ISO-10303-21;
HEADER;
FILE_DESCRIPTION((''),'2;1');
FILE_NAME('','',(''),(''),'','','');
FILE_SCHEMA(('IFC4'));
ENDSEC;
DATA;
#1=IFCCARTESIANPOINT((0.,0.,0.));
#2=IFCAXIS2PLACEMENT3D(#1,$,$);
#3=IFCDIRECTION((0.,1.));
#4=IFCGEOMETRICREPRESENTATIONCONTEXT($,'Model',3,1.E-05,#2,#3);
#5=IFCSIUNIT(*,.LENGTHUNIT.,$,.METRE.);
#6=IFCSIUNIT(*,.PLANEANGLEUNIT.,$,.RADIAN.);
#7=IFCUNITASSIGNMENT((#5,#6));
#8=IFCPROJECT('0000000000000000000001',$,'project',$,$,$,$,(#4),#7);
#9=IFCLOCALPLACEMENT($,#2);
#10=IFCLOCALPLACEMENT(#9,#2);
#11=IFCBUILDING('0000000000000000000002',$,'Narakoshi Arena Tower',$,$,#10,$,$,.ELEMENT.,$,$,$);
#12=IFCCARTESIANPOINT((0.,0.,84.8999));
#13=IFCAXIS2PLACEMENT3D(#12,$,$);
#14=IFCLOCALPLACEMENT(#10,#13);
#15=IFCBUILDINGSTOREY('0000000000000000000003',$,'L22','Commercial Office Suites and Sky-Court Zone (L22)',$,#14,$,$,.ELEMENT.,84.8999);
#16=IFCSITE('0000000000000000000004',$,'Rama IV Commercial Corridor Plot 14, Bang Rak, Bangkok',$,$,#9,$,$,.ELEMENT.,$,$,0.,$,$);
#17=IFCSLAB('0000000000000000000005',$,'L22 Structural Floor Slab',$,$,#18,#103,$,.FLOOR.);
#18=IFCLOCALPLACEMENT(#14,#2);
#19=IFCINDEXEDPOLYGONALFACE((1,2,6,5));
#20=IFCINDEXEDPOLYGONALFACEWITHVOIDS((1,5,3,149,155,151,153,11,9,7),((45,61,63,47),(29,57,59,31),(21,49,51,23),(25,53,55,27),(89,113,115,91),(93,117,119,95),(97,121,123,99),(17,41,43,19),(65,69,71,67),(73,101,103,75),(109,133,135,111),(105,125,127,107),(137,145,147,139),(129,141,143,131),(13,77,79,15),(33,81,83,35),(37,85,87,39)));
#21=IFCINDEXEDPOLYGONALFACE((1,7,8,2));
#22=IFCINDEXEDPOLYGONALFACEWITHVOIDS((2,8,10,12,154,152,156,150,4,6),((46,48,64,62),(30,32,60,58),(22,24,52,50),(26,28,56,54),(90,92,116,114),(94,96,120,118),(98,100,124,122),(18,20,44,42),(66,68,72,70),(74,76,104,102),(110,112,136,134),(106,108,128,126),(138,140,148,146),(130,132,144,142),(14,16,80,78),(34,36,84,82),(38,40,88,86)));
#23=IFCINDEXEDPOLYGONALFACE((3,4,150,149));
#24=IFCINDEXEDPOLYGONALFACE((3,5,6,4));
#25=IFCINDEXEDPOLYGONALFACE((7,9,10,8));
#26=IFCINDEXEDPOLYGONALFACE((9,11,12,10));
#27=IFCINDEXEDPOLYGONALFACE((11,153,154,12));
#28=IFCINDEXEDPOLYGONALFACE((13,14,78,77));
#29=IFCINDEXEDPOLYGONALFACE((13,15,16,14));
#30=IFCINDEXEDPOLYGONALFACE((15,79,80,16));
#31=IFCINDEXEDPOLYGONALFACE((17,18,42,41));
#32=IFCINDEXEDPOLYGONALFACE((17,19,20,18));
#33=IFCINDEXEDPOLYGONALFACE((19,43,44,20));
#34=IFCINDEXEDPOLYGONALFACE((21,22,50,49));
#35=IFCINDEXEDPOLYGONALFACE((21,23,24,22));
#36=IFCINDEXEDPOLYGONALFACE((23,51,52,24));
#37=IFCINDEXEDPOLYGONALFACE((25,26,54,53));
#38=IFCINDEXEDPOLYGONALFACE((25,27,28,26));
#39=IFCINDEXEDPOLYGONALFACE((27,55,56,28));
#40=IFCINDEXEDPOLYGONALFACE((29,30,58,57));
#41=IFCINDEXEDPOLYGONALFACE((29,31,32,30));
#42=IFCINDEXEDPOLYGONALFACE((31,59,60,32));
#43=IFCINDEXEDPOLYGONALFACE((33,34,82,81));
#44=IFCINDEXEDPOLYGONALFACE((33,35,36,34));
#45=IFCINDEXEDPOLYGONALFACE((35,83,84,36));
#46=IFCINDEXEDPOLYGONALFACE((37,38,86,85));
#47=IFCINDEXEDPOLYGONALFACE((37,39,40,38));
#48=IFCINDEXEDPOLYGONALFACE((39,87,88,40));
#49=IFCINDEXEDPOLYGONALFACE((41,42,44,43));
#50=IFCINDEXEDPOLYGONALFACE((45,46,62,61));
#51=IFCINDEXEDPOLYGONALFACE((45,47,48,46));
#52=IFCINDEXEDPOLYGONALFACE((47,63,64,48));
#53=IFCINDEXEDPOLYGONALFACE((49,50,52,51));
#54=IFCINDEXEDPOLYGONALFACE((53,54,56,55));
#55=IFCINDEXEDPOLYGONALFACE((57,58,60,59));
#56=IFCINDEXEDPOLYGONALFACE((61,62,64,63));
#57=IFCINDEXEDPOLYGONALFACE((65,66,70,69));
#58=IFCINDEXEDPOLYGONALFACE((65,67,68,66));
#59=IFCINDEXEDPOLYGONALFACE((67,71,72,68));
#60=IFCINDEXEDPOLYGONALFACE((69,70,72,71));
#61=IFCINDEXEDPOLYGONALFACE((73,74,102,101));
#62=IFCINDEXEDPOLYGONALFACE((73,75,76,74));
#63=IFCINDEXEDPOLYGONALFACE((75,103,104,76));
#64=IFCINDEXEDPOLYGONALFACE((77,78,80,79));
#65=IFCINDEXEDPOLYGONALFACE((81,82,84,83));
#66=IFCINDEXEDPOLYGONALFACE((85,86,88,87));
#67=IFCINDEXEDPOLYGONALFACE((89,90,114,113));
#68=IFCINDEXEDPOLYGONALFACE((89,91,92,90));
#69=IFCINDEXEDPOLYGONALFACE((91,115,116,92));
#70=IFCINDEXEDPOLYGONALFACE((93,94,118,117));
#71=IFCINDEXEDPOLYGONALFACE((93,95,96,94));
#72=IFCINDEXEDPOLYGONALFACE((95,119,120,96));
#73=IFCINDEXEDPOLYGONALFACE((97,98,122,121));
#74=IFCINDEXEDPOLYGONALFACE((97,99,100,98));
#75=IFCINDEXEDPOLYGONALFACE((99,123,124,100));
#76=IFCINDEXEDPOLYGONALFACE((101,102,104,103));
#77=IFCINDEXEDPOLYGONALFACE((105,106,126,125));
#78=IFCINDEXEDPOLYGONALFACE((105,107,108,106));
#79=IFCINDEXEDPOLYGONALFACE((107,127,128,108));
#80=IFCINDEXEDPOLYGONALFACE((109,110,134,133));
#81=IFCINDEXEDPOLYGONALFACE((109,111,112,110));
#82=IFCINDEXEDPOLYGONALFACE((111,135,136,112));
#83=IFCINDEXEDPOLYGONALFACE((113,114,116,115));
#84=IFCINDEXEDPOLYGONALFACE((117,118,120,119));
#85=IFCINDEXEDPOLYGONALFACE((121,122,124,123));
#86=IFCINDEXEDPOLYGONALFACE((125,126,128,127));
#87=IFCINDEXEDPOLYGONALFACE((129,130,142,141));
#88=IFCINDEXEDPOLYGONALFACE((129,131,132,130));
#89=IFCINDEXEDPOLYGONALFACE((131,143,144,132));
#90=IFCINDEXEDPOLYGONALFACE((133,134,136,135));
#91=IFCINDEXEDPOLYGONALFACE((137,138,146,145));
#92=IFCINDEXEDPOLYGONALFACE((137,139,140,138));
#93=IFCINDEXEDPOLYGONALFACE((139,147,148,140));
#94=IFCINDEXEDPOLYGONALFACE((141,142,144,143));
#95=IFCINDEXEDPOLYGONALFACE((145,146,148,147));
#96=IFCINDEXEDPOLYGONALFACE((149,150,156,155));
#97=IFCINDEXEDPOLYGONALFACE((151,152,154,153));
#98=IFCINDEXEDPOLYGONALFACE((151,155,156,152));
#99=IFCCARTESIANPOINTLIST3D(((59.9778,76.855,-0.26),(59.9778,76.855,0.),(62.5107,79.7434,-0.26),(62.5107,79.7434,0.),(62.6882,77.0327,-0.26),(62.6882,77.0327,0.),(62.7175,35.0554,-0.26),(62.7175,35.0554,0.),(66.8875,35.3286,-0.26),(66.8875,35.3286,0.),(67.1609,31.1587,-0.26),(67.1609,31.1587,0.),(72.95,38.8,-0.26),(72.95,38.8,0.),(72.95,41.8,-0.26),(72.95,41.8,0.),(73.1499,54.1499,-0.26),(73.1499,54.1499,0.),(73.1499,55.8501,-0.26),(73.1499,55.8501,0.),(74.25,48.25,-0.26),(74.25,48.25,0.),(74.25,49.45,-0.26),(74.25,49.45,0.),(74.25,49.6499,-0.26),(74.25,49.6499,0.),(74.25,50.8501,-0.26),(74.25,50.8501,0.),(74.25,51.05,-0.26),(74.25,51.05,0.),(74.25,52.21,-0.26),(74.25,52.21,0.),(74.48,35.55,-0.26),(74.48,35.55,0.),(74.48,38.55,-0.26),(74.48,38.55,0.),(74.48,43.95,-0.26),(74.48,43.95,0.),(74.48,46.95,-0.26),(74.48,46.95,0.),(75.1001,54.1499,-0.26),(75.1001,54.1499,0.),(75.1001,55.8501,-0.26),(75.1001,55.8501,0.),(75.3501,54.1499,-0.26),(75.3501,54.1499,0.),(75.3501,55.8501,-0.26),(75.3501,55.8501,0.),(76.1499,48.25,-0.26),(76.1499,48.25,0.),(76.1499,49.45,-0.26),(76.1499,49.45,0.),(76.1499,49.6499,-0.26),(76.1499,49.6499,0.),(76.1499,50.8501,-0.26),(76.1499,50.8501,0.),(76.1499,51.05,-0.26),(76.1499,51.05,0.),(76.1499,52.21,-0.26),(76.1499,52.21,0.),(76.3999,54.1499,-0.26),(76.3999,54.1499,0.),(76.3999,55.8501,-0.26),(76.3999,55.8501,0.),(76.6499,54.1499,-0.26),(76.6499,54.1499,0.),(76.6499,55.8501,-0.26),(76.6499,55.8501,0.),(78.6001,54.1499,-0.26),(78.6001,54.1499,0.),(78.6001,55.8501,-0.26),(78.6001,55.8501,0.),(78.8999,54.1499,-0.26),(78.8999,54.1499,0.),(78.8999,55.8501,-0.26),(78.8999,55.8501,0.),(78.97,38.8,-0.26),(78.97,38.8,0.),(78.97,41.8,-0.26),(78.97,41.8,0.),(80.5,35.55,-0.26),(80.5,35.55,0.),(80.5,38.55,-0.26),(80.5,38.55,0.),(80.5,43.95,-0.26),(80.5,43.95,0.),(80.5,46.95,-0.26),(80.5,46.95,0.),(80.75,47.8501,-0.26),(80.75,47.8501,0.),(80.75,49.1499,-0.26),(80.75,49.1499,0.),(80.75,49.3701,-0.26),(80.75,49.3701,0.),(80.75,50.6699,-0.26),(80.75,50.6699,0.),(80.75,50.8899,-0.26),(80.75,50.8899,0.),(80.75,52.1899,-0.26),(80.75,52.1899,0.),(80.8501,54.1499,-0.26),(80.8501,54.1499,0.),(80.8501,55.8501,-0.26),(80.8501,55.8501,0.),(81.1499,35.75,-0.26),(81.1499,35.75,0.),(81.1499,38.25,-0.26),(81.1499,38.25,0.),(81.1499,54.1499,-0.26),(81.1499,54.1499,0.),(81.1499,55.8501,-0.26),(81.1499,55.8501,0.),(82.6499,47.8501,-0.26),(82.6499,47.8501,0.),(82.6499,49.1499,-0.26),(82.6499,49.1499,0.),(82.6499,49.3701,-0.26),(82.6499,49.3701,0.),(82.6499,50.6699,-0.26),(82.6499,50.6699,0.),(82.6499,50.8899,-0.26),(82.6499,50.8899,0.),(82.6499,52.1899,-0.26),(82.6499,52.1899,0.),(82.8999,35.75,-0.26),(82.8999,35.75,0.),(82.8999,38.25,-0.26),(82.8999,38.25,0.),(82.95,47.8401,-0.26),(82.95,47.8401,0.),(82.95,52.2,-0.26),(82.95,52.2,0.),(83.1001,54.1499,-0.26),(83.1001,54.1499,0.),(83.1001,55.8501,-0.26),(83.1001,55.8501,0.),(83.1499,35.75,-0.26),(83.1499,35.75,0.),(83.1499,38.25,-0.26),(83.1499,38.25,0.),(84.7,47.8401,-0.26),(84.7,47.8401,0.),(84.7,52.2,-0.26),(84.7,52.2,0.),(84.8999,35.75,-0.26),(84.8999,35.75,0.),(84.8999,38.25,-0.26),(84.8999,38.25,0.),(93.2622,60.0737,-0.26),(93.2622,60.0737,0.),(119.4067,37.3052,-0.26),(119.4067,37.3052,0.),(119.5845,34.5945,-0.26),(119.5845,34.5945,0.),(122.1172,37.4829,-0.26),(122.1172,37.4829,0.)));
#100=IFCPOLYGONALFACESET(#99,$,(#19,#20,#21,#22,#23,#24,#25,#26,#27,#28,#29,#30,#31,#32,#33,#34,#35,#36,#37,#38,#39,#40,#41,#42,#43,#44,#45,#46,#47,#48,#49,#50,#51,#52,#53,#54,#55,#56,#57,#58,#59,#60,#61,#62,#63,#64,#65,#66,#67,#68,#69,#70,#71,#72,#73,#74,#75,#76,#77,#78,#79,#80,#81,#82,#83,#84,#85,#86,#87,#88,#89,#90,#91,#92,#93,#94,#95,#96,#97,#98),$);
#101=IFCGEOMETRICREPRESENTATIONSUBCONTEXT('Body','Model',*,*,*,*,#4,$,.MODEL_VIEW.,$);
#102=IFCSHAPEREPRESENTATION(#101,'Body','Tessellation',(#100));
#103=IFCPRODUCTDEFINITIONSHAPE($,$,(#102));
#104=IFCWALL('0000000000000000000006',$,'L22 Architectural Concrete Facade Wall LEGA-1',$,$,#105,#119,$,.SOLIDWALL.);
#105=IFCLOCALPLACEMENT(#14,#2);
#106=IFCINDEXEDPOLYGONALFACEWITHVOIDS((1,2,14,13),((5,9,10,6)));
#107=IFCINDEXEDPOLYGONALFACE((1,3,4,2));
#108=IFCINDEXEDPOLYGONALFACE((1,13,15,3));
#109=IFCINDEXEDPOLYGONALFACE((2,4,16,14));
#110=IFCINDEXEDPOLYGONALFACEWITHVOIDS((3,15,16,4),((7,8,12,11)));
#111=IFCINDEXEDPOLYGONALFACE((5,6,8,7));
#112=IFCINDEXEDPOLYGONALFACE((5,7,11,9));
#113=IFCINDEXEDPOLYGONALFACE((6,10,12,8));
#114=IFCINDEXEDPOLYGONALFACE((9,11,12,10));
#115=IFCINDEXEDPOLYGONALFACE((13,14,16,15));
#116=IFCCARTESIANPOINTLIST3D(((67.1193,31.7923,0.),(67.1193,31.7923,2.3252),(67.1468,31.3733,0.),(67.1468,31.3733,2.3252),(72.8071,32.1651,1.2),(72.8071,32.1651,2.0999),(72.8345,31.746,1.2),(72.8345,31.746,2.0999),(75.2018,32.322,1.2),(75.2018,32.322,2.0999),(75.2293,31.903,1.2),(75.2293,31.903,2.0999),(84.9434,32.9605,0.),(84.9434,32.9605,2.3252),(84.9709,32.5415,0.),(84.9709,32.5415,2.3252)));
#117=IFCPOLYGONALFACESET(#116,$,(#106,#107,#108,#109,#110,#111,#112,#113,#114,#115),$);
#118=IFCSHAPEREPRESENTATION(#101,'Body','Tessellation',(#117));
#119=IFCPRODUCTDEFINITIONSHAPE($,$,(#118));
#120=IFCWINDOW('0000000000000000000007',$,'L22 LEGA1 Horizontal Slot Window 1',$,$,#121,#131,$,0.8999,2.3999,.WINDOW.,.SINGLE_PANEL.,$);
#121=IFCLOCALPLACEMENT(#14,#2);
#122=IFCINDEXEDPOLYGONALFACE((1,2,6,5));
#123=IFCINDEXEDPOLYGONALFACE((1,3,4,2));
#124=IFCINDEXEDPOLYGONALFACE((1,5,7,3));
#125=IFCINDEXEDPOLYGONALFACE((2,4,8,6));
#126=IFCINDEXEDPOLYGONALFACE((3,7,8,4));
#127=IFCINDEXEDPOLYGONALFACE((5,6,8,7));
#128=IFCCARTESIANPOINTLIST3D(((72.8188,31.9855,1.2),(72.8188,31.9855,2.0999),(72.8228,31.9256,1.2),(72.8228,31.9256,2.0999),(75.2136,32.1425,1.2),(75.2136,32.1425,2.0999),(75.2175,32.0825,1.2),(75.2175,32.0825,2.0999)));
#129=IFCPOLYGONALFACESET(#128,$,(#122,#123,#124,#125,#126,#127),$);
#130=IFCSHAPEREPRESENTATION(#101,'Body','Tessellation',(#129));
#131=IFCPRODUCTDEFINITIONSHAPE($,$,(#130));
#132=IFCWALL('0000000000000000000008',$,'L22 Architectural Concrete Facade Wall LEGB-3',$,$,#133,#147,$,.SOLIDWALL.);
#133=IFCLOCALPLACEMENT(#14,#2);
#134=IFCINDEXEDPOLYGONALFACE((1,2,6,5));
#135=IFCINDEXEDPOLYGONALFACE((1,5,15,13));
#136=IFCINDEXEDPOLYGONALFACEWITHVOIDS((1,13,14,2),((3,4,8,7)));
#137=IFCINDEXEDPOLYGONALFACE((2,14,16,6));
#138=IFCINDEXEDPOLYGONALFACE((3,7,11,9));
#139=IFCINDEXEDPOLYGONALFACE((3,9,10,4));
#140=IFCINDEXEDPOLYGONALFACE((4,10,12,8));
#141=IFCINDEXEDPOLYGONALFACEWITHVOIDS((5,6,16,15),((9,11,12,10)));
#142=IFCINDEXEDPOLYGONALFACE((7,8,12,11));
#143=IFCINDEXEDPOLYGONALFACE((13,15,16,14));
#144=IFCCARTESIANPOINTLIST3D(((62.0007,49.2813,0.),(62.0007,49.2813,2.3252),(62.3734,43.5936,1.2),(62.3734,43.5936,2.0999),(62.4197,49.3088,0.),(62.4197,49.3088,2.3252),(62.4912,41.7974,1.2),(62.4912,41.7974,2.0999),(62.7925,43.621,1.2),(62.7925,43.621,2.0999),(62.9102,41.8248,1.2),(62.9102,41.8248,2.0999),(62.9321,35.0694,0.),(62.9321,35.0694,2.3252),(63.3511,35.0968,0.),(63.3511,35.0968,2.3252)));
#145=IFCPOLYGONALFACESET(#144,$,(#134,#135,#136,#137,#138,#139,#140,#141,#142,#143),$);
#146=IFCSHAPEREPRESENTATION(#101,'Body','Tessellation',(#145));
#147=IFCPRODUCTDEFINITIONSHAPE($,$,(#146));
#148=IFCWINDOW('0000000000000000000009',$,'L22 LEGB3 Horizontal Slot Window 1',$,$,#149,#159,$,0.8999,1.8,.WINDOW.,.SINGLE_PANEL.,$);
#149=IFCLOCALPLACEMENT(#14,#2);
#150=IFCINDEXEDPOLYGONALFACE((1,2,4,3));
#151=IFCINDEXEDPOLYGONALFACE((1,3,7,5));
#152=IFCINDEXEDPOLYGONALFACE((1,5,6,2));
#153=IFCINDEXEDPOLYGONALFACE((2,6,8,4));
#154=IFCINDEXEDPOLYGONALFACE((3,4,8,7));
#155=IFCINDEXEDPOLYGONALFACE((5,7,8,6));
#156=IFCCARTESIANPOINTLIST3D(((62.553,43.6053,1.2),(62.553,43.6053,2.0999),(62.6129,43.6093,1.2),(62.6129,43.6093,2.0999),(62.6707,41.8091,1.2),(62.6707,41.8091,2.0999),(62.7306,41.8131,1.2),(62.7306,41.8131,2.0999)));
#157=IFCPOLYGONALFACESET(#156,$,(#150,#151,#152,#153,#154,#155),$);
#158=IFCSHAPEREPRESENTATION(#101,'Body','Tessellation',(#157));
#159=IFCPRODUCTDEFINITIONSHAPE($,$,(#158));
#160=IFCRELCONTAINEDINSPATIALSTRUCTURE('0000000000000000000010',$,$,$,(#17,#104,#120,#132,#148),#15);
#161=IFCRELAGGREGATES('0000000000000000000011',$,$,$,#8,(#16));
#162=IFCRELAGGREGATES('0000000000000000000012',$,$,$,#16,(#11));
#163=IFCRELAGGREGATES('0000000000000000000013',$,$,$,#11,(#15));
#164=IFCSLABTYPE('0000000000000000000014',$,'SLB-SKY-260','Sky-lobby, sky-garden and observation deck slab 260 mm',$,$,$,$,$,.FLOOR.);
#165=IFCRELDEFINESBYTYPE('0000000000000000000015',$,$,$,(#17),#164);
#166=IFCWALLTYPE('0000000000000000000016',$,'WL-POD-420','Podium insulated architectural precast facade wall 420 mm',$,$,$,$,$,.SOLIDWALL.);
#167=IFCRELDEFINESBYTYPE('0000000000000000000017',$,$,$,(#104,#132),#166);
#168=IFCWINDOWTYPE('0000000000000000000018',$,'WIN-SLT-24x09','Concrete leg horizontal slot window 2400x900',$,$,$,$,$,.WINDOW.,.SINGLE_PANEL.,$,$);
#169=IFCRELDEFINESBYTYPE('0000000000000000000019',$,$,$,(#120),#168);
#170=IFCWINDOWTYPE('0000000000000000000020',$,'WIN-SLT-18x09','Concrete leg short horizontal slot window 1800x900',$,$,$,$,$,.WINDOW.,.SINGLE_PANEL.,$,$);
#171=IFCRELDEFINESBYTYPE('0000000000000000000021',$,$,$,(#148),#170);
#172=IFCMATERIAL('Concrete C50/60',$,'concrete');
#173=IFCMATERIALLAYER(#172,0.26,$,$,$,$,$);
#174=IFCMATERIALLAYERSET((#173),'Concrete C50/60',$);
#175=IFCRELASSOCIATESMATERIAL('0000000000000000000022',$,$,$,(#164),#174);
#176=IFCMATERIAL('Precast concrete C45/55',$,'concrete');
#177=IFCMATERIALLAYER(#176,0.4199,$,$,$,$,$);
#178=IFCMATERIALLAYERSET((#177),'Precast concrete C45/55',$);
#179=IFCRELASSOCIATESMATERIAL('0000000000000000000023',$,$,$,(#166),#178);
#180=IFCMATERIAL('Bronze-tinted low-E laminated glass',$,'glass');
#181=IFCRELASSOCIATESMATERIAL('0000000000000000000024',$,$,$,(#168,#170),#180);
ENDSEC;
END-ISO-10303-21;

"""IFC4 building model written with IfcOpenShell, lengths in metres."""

from ifc_helpers import new_model, si_unit, direction, frame, frame_2d, origin, place, context, subcontext, project, spatial, polyline, rectangle, outline, extrude, material, layer, layer_set, type_object, element, fill, save


model = new_model("IFC4")

# Units and contexts
model_context = context("Model", 3, precision=1e-05, world=origin(), true_north=direction((0.0, 1.0)))
body_context = subcontext(model_context, "Body", "Model", "MODEL_VIEW")
ifc_project = project(units=[si_unit("LENGTHUNIT", "METRE"), si_unit("PLANEANGLEUNIT", "RADIAN")], contexts=[model_context])

# Site, building, storey
site_placement = place(None, origin())
site = spatial("IfcSite", under=ifc_project, at=site_placement, Name="Rama IV Commercial Corridor Plot 14, Bang Rak, Bangkok", CompositionType="ELEMENT", RefElevation=0.0)
building_placement = place(site_placement, origin())
building = spatial("IfcBuilding", under=site, at=building_placement, Name="Narakoshi Arena Tower", CompositionType="ELEMENT")
storey_placement = place(building_placement, frame((0.0, 0.0, 84.8999)))
storey = spatial("IfcBuildingStorey", under=building, at=storey_placement, Name="L22", Description="Commercial Office Suites and Sky-Court Zone (L22)", CompositionType="ELEMENT", Elevation=84.8999)

# Slab
ifc_material_1 = material(Name="Concrete C50/60", Category="concrete")
ifc_layer_1 = layer(ifc_material_1, 0.26)
ifc_layer_set_1 = layer_set([ifc_layer_1], Name="Concrete C50/60")
slab_type_1 = type_object("IfcSlabType", Name="SLB-SKY-260", Description="Sky-lobby, sky-garden and observation deck slab 260 mm", PredefinedType="FLOOR", material=ifc_layer_set_1)
slab_1_placement = place(storey_placement, frame((0.0, 0.0, -0.26)))
element("IfcSlab", 1, at=slab_1_placement, inside=storey, type_object=slab_type_1, Name="L22 Structural Floor Slab", PredefinedType="FLOOR", context=body_context, shape_type="SweptSolid", body=[
    extrude(outline(polyline([(67.1609, 31.1587), (119.5845, 34.5945), (119.4067, 37.3052), (122.1172, 37.4829), (93.2622, 60.0737), (62.5107, 79.7434), (62.6882, 77.0327), (59.9778, 76.855), (62.7175, 35.0554), (66.8875, 35.3286), (67.1609, 31.1587)]), holes=[polyline([(74.48, 35.55), (74.48, 38.55), (80.5, 38.55), (80.5, 35.55), (74.48, 35.55)]), polyline([(81.1499, 35.75), (81.1499, 38.25), (82.8999, 38.25), (82.8999, 35.75), (81.1499, 35.75)]), polyline([(83.1499, 35.75), (83.1499, 38.25), (84.8999, 38.25), (84.8999, 35.75), (83.1499, 35.75)]), polyline([(72.95, 38.8), (72.95, 41.8), (78.97, 41.8), (78.97, 38.8), (72.95, 38.8)]), polyline([(74.48, 43.95), (74.48, 46.95), (80.5, 46.95), (80.5, 43.95), (74.48, 43.95)]), polyline([(82.95, 47.8401), (82.95, 52.2), (84.7, 52.2), (84.7, 47.8401), (82.95, 47.8401)]), polyline([(80.75, 47.8501), (80.75, 49.1499), (82.6499, 49.1499), (82.6499, 47.8501), (80.75, 47.8501)]), polyline([(74.25, 48.25), (74.25, 49.45), (76.1499, 49.45), (76.1499, 48.25), (74.25, 48.25)]), polyline([(80.75, 49.3701), (80.75, 50.6699), (82.6499, 50.6699), (82.6499, 49.3701), (80.75, 49.3701)]), polyline([(74.25, 49.6499), (74.25, 50.8501), (76.1499, 50.8501), (76.1499, 49.6499), (74.25, 49.6499)]), polyline([(80.75, 50.8899), (80.75, 52.1899), (82.6499, 52.1899), (82.6499, 50.8899), (80.75, 50.8899)]), polyline([(74.25, 51.05), (74.25, 52.21), (76.1499, 52.21), (76.1499, 51.05), (74.25, 51.05)]), polyline([(73.1499, 54.1499), (73.1499, 55.8501), (75.1001, 55.8501), (75.1001, 54.1499), (73.1499, 54.1499)]), polyline([(75.3501, 54.1499), (75.3501, 55.8501), (76.3999, 55.8501), (76.3999, 54.1499), (75.3501, 54.1499)]), polyline([(76.6499, 54.1499), (76.6499, 55.8501), (78.6001, 55.8501), (78.6001, 54.1499), (76.6499, 54.1499)]), polyline([(78.8999, 55.8501), (80.8501, 55.8501), (80.8501, 54.1499), (78.8999, 54.1499), (78.8999, 55.8501)]), polyline([(81.1499, 55.8501), (83.1001, 55.8501), (83.1001, 54.1499), (81.1499, 54.1499), (81.1499, 55.8501)])]), origin(), (0.0, 0.0, 1.0), 0.26),
])

# Walls, openings, windows
ifc_material_2 = material(Name="Precast concrete C45/55", Category="concrete")
ifc_layer_2 = layer(ifc_material_2, 0.4199)
ifc_layer_set_2 = layer_set([ifc_layer_2], Name="Precast concrete C45/55")
wall_type_1 = type_object("IfcWallType", Name="WL-POD-420", Description="Podium insulated architectural precast facade wall 420 mm", PredefinedType="SOLIDWALL", material=ifc_layer_set_2)
wall_1_placement = place(storey_placement, frame((67.1331, 31.5828, 0.0), z_axis=(0.0, 0.0, 1.0), x_axis=(0.997859, 0.065401, 0.0)))
wall_1 = element("IfcWall", 2, at=wall_1_placement, inside=storey, type_object=wall_type_1, Name="L22 Architectural Concrete Facade Wall LEGA-1", PredefinedType="SOLIDWALL", context=body_context, shape_type="SweptSolid", body=[
    extrude(rectangle(XDim=17.8623, YDim=0.4199, at=frame_2d((8.9312, 0.0))), origin(), (0.0, 0.0, 1.0), 2.3252),
])
opening_1_placement = place(wall_1_placement, frame((5.7, 0.0, 1.2)))
opening_1 = element("IfcOpeningElement", 3, at=opening_1_placement, cuts=wall_1, PredefinedType="OPENING", context=body_context, shape_type="SweptSolid", body=[
    extrude(rectangle(XDim=2.3999, YDim=0.8999, at=frame_2d((1.2, 0.45))), frame((0.0, 0.22, 0.0), z_axis=(0.0, -1.0, 0.0), x_axis=(1.0, 0.0, 0.0)), (0.0, 0.0, 1.0), 0.4399),
])
ifc_material_3 = material(Name="Bronze-tinted low-E laminated glass", Category="glass")
window_type_1 = type_object("IfcWindowType", Name="WIN-SLT-24x09", Description="Concrete leg horizontal slot window 2400x900", PartitioningType="SINGLE_PANEL", PredefinedType="WINDOW", material=ifc_material_3)
window_1_placement = place(opening_1_placement, origin())
window_1 = element("IfcWindow", 4, at=window_1_placement, inside=storey, type_object=window_type_1, Name="L22 LEGA1 Horizontal Slot Window 1", OverallHeight=0.8999, OverallWidth=2.3999, PartitioningType="SINGLE_PANEL", PredefinedType="WINDOW", context=body_context, shape_type="SweptSolid", body=[
    extrude(rectangle(XDim=2.3999, YDim=0.8999, at=frame_2d((1.2, 0.45))), frame((0.0, 0.03, 0.0), z_axis=(0.0, -1.0, 0.0), x_axis=(1.0, 0.0, 0.0)), (0.0, 0.0, 1.0), 0.0601),
])
fill(opening_1, window_1)
wall_2_placement = place(storey_placement, frame((62.2102, 49.2949, 0.0), z_axis=(0.0, 0.0, 1.0), x_axis=(0.065396, -0.997859, 0.0)))
wall_2 = element("IfcWall", 5, at=wall_2_placement, inside=storey, type_object=wall_type_1, Name="L22 Architectural Concrete Facade Wall LEGB-3", PredefinedType="SOLIDWALL", context=body_context, shape_type="SweptSolid", body=[
    extrude(rectangle(XDim=14.2424, YDim=0.4199, at=frame_2d((7.1211, 0.0))), origin(), (0.0, 0.0, 1.0), 2.3252),
])
opening_2_placement = place(wall_2_placement, frame((5.7, 0.0, 1.2)))
opening_2 = element("IfcOpeningElement", 6, at=opening_2_placement, cuts=wall_2, PredefinedType="OPENING", context=body_context, shape_type="SweptSolid", body=[
    extrude(rectangle(XDim=1.8, YDim=0.8999, at=frame_2d((0.8999, 0.45))), frame((0.0, 0.22, 0.0), z_axis=(0.0, -1.0, 0.0), x_axis=(1.0, 0.0, 0.0)), (0.0, 0.0, 1.0), 0.4399),
])
window_type_2 = type_object("IfcWindowType", Name="WIN-SLT-18x09", Description="Concrete leg short horizontal slot window 1800x900", PartitioningType="SINGLE_PANEL", PredefinedType="WINDOW", material=ifc_material_3)
window_2_placement = place(opening_2_placement, origin())
window_2 = element("IfcWindow", 7, at=window_2_placement, inside=storey, type_object=window_type_2, Name="L22 LEGB3 Horizontal Slot Window 1", OverallHeight=0.8999, OverallWidth=1.8, PartitioningType="SINGLE_PANEL", PredefinedType="WINDOW", context=body_context, shape_type="SweptSolid", body=[
    extrude(rectangle(XDim=1.8, YDim=0.8999, at=frame_2d((0.8999, 0.45))), frame((0.0, 0.03, 0.0), z_axis=(0.0, -1.0, 0.0), x_axis=(1.0, 0.0, 0.0)), (0.0, 0.0, 1.0), 0.0601),
])
fill(opening_2, window_2)

save(model, "model.ifc")
